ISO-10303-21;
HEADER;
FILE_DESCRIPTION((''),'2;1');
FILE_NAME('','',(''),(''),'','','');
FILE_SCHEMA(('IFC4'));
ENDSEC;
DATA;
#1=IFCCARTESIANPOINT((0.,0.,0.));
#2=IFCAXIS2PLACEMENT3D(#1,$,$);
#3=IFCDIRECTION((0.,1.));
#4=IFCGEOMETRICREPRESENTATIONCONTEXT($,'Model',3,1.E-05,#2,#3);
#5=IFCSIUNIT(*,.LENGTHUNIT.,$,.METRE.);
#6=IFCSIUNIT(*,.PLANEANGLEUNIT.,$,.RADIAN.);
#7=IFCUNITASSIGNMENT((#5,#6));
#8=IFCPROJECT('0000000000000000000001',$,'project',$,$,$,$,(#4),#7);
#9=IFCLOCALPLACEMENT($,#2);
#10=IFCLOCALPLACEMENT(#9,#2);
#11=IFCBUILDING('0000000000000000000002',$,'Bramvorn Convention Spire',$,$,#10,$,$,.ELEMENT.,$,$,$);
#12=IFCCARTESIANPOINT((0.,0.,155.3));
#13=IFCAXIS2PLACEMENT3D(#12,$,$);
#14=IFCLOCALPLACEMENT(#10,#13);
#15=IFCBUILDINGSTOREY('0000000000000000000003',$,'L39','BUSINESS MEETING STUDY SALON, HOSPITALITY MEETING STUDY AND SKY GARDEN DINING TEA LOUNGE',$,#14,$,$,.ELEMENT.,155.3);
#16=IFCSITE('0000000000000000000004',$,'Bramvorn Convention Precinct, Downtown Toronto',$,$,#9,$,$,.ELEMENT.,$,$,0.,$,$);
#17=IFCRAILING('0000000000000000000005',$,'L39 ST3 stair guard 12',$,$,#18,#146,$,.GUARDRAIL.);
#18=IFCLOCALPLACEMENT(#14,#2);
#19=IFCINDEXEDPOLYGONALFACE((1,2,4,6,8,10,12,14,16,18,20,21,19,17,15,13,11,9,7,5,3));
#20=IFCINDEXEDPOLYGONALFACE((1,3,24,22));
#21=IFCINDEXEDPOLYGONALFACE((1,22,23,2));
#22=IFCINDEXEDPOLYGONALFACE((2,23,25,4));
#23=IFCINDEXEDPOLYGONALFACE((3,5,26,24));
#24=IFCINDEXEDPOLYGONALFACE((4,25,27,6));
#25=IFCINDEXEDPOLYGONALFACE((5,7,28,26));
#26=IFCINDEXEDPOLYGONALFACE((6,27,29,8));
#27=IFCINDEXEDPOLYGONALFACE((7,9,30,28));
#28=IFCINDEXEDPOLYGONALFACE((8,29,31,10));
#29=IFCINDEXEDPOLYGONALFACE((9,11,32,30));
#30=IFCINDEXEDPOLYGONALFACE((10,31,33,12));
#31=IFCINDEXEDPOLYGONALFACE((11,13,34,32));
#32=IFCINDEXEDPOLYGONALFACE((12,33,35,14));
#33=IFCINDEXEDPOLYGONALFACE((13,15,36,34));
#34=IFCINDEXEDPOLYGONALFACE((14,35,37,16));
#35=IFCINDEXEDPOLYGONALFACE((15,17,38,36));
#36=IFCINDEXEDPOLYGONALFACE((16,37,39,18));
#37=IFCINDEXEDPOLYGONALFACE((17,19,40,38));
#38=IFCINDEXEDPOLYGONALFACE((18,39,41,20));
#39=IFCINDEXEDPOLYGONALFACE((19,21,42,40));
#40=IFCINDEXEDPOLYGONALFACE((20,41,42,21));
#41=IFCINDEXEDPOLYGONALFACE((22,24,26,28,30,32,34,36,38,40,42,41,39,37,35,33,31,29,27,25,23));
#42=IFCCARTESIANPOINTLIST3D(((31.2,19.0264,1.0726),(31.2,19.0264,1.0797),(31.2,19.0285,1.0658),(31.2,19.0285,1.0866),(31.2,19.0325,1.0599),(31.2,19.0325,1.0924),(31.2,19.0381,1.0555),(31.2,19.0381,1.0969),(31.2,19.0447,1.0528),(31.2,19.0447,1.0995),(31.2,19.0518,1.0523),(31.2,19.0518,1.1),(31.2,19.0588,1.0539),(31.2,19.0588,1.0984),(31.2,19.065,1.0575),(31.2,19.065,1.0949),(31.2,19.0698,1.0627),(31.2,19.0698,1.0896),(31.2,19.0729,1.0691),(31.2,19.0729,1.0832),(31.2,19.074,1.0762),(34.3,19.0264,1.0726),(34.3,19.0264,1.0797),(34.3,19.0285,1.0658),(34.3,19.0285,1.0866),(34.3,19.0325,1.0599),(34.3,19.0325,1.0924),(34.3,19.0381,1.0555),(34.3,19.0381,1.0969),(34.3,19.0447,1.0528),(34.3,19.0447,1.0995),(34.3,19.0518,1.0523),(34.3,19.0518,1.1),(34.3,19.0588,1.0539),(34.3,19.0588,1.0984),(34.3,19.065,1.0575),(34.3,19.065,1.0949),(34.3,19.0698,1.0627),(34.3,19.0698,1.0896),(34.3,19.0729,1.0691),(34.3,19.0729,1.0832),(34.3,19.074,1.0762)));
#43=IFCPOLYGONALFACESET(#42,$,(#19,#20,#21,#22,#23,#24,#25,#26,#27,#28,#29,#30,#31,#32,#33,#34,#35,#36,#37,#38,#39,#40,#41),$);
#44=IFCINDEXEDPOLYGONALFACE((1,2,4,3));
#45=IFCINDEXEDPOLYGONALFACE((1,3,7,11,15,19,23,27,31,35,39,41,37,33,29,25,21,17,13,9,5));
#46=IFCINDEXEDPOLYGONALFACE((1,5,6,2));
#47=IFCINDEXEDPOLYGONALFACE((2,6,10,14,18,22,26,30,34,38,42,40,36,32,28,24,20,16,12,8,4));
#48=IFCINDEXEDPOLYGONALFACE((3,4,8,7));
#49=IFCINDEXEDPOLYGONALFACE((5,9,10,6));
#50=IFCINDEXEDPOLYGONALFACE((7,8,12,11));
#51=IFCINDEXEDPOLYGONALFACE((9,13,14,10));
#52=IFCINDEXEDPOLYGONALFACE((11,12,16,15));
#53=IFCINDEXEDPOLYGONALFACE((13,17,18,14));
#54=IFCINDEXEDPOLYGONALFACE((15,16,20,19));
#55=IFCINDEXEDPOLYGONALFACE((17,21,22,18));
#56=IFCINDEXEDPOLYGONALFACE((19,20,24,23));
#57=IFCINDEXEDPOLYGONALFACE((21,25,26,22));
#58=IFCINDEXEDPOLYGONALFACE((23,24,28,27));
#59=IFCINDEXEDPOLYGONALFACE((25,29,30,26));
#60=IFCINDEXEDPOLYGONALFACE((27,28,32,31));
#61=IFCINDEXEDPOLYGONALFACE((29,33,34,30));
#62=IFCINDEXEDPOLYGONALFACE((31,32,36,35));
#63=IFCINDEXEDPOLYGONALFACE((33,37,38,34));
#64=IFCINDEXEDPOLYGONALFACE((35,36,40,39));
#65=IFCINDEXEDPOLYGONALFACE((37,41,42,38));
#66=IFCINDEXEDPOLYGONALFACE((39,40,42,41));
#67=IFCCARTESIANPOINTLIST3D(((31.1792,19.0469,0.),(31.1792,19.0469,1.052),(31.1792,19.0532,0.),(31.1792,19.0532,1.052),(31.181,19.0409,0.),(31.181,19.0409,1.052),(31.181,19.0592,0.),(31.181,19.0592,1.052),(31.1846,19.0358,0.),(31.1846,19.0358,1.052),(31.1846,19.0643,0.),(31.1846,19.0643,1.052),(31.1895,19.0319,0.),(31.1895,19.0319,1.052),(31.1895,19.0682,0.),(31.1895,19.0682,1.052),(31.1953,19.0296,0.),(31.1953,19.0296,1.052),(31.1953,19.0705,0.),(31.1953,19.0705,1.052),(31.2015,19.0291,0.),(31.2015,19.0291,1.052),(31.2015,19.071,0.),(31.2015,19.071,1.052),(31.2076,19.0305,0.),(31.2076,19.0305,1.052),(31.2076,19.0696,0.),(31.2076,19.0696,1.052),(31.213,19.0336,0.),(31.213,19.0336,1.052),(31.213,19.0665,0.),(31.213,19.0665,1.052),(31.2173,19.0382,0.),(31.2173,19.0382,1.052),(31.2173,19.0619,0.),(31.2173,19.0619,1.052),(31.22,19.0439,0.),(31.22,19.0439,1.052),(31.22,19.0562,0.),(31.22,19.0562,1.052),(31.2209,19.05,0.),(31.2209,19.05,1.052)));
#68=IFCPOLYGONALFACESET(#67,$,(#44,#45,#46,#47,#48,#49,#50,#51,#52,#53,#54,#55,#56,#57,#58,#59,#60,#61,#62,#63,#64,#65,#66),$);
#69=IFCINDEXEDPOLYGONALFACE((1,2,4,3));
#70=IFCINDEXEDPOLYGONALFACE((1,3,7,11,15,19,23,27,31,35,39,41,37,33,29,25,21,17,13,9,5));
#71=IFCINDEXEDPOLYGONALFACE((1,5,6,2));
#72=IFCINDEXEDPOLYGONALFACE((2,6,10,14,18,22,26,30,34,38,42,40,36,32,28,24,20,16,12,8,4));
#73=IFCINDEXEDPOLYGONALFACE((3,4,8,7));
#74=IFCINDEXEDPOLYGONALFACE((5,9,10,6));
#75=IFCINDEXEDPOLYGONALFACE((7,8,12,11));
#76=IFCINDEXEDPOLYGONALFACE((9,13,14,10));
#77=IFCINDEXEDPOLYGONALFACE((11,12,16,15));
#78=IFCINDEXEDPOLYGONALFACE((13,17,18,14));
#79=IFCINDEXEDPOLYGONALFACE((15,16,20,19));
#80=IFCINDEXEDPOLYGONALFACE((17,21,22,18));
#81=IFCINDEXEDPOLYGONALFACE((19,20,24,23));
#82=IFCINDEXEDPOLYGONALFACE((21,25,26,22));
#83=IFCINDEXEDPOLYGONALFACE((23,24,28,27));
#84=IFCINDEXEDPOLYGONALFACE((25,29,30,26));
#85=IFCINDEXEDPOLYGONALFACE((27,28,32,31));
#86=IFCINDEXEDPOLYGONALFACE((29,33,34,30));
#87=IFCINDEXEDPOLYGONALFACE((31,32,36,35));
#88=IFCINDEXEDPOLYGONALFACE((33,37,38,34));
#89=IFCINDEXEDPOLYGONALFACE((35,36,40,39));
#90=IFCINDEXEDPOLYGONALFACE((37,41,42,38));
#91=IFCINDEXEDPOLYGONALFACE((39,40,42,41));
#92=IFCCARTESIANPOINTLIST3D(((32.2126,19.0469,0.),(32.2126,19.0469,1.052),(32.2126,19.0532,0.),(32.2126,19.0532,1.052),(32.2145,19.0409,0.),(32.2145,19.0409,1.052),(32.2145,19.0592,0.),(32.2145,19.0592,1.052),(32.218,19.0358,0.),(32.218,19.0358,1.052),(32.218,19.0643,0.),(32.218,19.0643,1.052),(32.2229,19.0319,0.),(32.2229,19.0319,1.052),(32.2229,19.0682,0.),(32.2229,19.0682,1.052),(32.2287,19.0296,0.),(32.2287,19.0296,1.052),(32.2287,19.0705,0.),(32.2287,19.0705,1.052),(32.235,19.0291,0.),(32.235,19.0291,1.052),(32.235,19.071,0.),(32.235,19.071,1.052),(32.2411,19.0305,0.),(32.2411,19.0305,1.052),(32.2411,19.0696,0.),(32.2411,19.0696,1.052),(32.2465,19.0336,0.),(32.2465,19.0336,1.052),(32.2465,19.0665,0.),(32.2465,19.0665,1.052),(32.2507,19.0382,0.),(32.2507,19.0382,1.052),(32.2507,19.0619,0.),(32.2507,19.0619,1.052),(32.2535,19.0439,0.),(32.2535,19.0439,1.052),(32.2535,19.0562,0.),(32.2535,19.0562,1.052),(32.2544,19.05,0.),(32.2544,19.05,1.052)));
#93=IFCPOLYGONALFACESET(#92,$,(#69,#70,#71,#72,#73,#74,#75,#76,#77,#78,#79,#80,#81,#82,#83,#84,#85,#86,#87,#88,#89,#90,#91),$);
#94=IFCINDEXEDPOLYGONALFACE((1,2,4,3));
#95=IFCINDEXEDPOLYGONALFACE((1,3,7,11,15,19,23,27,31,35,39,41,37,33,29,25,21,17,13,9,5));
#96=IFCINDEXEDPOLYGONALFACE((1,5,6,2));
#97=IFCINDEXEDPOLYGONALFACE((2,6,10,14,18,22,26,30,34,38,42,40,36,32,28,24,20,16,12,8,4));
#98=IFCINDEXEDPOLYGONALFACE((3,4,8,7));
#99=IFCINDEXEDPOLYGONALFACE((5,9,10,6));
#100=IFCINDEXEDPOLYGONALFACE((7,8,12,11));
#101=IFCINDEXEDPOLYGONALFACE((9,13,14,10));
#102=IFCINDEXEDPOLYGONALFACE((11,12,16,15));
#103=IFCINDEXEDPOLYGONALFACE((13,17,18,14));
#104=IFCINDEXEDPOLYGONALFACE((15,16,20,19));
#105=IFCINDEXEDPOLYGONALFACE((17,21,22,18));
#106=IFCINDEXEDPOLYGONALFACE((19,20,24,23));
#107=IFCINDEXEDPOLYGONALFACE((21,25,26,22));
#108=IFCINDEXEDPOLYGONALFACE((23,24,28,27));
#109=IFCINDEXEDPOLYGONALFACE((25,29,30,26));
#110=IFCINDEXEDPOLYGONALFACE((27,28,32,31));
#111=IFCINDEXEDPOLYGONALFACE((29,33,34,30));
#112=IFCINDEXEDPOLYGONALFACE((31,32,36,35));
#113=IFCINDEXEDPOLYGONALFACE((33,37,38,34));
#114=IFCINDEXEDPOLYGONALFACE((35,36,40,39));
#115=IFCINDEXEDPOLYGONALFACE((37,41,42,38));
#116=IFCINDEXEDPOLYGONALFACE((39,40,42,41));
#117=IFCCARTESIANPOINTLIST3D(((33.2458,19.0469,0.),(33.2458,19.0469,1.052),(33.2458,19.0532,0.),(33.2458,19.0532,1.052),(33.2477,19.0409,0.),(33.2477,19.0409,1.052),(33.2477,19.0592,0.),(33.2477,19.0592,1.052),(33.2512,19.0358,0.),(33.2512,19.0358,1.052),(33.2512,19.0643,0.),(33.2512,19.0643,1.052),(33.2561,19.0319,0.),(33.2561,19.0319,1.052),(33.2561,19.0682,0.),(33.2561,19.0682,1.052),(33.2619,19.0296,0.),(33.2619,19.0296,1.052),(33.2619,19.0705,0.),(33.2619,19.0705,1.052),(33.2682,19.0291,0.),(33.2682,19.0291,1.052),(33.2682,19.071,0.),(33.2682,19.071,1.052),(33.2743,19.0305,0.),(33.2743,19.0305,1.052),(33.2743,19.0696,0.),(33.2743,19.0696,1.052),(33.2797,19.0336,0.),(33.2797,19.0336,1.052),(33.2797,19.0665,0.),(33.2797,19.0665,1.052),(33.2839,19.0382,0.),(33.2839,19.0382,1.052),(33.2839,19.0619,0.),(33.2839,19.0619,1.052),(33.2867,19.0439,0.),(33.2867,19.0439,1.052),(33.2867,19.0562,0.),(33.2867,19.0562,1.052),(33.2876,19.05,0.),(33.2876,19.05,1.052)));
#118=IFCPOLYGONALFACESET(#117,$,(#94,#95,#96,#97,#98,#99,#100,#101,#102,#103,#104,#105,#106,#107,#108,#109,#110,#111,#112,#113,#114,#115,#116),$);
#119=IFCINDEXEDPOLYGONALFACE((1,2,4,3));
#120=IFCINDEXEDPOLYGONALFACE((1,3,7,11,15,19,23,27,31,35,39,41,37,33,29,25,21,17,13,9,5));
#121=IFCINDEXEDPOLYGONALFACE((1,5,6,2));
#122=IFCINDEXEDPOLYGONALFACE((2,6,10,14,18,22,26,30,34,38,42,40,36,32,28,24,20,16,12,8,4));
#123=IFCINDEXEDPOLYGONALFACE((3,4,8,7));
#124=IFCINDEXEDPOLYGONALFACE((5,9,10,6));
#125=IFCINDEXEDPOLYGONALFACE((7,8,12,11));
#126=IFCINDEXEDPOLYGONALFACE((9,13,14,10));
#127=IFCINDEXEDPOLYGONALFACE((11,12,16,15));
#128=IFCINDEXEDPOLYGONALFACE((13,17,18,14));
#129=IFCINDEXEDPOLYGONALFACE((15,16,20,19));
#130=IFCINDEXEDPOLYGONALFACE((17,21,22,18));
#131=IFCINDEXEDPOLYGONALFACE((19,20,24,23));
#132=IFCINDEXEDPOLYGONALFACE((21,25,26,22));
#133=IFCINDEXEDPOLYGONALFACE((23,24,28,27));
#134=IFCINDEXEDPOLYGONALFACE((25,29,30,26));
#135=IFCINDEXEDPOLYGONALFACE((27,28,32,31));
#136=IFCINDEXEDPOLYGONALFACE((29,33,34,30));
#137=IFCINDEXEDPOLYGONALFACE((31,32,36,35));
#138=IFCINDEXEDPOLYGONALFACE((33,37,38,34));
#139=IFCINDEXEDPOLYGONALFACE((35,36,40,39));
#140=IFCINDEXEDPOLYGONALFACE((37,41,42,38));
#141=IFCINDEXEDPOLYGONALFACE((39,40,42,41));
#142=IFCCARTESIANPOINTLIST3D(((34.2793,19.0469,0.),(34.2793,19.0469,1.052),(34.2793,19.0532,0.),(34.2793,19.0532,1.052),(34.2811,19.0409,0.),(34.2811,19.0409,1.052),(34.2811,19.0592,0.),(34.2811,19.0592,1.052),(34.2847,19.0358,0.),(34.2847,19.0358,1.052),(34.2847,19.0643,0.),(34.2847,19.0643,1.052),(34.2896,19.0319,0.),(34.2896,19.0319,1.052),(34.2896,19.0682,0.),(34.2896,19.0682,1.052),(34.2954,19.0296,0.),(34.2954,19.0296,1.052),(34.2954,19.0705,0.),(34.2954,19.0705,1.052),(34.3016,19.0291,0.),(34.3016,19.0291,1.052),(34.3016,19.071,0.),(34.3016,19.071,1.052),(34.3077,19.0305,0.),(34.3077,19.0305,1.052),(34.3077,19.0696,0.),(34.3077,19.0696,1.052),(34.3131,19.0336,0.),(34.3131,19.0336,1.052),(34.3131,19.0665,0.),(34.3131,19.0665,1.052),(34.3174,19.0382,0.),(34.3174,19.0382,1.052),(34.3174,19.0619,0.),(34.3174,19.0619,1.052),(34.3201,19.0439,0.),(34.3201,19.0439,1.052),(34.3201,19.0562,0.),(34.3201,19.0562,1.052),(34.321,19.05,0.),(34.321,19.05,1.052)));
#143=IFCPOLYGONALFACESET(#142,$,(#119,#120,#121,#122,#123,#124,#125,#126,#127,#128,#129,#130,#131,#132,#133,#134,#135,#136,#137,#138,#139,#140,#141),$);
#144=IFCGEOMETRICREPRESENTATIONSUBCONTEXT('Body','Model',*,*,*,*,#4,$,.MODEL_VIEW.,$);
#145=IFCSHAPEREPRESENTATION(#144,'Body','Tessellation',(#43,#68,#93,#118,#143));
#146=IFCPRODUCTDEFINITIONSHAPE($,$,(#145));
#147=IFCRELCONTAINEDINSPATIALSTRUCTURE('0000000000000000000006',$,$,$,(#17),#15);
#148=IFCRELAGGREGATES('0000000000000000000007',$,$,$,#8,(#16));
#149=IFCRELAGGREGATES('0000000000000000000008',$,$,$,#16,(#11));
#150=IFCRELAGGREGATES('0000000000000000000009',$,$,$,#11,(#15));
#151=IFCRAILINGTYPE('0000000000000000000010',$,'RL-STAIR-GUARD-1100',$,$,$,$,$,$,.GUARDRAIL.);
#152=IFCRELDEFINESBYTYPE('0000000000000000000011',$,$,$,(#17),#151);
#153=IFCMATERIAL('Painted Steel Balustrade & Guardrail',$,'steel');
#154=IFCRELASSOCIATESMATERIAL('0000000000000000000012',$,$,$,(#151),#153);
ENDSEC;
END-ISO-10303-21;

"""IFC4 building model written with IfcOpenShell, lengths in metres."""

from ifc_helpers import new_model, si_unit, direction, frame, origin, origin_2d, place, context, subcontext, project, spatial, circle, extrude, material, type_object, element, save


model = new_model("IFC4")

# Units and contexts
model_context = context("Model", 3, precision=1e-05, world=origin(), true_north=direction((0.0, 1.0)))
body_context = subcontext(model_context, "Body", "Model", "MODEL_VIEW")
ifc_project = project(units=[si_unit("LENGTHUNIT", "METRE"), si_unit("PLANEANGLEUNIT", "RADIAN")], contexts=[model_context])

# Site, building, storey
site_placement = place(None, origin())
site = spatial("IfcSite", under=ifc_project, at=site_placement, Name="Bramvorn Convention Precinct, Downtown Toronto", CompositionType="ELEMENT", RefElevation=0.0)
building_placement = place(site_placement, origin())
building = spatial("IfcBuilding", under=site, at=building_placement, Name="Bramvorn Convention Spire", CompositionType="ELEMENT")
storey_placement = place(building_placement, frame((0.0, 0.0, 155.3)))
storey = spatial("IfcBuildingStorey", under=building, at=storey_placement, Name="L39", Description="BUSINESS MEETING STUDY SALON, HOSPITALITY MEETING STUDY AND SKY GARDEN DINING TEA LOUNGE", CompositionType="ELEMENT", Elevation=155.3)

# Railing
ifc_material_1 = material(Name="Painted Steel Balustrade & Guardrail", Category="steel")
railing_type_1 = type_object("IfcRailingType", Name="RL-STAIR-GUARD-1100", PredefinedType="GUARDRAIL", material=ifc_material_1)
railing_1_placement = place(storey_placement, frame((31.2, 19.05, 0.0)))
element("IfcRailing", 1, at=railing_1_placement, inside=storey, type_object=railing_type_1, Name="L39 ST3 stair guard 12", PredefinedType="GUARDRAIL", context=body_context, shape_type="SweptSolid", body=[
    extrude(circle(Radius=0.0239, at=origin_2d()), frame((0.0, 0.0, 1.0762), z_axis=(1.0, 0.0, 0.0), x_axis=(0.0, 1.0, 0.0)), (0.0, 0.0, 1.0), 3.1001),
    extrude(circle(Radius=0.021, at=origin_2d()), origin(), (0.0, 0.0, 1.0), 1.052),
    extrude(circle(Radius=0.021, at=origin_2d()), frame((1.0334, 0.0, 0.0)), (0.0, 0.0, 1.0), 1.052),
    extrude(circle(Radius=0.021, at=origin_2d()), frame((2.0667, 0.0, 0.0)), (0.0, 0.0, 1.0), 1.052),
    extrude(circle(Radius=0.021, at=origin_2d()), frame((3.1001, 0.0, 0.0)), (0.0, 0.0, 1.0), 1.052),
])

save(model, "model.ifc")
